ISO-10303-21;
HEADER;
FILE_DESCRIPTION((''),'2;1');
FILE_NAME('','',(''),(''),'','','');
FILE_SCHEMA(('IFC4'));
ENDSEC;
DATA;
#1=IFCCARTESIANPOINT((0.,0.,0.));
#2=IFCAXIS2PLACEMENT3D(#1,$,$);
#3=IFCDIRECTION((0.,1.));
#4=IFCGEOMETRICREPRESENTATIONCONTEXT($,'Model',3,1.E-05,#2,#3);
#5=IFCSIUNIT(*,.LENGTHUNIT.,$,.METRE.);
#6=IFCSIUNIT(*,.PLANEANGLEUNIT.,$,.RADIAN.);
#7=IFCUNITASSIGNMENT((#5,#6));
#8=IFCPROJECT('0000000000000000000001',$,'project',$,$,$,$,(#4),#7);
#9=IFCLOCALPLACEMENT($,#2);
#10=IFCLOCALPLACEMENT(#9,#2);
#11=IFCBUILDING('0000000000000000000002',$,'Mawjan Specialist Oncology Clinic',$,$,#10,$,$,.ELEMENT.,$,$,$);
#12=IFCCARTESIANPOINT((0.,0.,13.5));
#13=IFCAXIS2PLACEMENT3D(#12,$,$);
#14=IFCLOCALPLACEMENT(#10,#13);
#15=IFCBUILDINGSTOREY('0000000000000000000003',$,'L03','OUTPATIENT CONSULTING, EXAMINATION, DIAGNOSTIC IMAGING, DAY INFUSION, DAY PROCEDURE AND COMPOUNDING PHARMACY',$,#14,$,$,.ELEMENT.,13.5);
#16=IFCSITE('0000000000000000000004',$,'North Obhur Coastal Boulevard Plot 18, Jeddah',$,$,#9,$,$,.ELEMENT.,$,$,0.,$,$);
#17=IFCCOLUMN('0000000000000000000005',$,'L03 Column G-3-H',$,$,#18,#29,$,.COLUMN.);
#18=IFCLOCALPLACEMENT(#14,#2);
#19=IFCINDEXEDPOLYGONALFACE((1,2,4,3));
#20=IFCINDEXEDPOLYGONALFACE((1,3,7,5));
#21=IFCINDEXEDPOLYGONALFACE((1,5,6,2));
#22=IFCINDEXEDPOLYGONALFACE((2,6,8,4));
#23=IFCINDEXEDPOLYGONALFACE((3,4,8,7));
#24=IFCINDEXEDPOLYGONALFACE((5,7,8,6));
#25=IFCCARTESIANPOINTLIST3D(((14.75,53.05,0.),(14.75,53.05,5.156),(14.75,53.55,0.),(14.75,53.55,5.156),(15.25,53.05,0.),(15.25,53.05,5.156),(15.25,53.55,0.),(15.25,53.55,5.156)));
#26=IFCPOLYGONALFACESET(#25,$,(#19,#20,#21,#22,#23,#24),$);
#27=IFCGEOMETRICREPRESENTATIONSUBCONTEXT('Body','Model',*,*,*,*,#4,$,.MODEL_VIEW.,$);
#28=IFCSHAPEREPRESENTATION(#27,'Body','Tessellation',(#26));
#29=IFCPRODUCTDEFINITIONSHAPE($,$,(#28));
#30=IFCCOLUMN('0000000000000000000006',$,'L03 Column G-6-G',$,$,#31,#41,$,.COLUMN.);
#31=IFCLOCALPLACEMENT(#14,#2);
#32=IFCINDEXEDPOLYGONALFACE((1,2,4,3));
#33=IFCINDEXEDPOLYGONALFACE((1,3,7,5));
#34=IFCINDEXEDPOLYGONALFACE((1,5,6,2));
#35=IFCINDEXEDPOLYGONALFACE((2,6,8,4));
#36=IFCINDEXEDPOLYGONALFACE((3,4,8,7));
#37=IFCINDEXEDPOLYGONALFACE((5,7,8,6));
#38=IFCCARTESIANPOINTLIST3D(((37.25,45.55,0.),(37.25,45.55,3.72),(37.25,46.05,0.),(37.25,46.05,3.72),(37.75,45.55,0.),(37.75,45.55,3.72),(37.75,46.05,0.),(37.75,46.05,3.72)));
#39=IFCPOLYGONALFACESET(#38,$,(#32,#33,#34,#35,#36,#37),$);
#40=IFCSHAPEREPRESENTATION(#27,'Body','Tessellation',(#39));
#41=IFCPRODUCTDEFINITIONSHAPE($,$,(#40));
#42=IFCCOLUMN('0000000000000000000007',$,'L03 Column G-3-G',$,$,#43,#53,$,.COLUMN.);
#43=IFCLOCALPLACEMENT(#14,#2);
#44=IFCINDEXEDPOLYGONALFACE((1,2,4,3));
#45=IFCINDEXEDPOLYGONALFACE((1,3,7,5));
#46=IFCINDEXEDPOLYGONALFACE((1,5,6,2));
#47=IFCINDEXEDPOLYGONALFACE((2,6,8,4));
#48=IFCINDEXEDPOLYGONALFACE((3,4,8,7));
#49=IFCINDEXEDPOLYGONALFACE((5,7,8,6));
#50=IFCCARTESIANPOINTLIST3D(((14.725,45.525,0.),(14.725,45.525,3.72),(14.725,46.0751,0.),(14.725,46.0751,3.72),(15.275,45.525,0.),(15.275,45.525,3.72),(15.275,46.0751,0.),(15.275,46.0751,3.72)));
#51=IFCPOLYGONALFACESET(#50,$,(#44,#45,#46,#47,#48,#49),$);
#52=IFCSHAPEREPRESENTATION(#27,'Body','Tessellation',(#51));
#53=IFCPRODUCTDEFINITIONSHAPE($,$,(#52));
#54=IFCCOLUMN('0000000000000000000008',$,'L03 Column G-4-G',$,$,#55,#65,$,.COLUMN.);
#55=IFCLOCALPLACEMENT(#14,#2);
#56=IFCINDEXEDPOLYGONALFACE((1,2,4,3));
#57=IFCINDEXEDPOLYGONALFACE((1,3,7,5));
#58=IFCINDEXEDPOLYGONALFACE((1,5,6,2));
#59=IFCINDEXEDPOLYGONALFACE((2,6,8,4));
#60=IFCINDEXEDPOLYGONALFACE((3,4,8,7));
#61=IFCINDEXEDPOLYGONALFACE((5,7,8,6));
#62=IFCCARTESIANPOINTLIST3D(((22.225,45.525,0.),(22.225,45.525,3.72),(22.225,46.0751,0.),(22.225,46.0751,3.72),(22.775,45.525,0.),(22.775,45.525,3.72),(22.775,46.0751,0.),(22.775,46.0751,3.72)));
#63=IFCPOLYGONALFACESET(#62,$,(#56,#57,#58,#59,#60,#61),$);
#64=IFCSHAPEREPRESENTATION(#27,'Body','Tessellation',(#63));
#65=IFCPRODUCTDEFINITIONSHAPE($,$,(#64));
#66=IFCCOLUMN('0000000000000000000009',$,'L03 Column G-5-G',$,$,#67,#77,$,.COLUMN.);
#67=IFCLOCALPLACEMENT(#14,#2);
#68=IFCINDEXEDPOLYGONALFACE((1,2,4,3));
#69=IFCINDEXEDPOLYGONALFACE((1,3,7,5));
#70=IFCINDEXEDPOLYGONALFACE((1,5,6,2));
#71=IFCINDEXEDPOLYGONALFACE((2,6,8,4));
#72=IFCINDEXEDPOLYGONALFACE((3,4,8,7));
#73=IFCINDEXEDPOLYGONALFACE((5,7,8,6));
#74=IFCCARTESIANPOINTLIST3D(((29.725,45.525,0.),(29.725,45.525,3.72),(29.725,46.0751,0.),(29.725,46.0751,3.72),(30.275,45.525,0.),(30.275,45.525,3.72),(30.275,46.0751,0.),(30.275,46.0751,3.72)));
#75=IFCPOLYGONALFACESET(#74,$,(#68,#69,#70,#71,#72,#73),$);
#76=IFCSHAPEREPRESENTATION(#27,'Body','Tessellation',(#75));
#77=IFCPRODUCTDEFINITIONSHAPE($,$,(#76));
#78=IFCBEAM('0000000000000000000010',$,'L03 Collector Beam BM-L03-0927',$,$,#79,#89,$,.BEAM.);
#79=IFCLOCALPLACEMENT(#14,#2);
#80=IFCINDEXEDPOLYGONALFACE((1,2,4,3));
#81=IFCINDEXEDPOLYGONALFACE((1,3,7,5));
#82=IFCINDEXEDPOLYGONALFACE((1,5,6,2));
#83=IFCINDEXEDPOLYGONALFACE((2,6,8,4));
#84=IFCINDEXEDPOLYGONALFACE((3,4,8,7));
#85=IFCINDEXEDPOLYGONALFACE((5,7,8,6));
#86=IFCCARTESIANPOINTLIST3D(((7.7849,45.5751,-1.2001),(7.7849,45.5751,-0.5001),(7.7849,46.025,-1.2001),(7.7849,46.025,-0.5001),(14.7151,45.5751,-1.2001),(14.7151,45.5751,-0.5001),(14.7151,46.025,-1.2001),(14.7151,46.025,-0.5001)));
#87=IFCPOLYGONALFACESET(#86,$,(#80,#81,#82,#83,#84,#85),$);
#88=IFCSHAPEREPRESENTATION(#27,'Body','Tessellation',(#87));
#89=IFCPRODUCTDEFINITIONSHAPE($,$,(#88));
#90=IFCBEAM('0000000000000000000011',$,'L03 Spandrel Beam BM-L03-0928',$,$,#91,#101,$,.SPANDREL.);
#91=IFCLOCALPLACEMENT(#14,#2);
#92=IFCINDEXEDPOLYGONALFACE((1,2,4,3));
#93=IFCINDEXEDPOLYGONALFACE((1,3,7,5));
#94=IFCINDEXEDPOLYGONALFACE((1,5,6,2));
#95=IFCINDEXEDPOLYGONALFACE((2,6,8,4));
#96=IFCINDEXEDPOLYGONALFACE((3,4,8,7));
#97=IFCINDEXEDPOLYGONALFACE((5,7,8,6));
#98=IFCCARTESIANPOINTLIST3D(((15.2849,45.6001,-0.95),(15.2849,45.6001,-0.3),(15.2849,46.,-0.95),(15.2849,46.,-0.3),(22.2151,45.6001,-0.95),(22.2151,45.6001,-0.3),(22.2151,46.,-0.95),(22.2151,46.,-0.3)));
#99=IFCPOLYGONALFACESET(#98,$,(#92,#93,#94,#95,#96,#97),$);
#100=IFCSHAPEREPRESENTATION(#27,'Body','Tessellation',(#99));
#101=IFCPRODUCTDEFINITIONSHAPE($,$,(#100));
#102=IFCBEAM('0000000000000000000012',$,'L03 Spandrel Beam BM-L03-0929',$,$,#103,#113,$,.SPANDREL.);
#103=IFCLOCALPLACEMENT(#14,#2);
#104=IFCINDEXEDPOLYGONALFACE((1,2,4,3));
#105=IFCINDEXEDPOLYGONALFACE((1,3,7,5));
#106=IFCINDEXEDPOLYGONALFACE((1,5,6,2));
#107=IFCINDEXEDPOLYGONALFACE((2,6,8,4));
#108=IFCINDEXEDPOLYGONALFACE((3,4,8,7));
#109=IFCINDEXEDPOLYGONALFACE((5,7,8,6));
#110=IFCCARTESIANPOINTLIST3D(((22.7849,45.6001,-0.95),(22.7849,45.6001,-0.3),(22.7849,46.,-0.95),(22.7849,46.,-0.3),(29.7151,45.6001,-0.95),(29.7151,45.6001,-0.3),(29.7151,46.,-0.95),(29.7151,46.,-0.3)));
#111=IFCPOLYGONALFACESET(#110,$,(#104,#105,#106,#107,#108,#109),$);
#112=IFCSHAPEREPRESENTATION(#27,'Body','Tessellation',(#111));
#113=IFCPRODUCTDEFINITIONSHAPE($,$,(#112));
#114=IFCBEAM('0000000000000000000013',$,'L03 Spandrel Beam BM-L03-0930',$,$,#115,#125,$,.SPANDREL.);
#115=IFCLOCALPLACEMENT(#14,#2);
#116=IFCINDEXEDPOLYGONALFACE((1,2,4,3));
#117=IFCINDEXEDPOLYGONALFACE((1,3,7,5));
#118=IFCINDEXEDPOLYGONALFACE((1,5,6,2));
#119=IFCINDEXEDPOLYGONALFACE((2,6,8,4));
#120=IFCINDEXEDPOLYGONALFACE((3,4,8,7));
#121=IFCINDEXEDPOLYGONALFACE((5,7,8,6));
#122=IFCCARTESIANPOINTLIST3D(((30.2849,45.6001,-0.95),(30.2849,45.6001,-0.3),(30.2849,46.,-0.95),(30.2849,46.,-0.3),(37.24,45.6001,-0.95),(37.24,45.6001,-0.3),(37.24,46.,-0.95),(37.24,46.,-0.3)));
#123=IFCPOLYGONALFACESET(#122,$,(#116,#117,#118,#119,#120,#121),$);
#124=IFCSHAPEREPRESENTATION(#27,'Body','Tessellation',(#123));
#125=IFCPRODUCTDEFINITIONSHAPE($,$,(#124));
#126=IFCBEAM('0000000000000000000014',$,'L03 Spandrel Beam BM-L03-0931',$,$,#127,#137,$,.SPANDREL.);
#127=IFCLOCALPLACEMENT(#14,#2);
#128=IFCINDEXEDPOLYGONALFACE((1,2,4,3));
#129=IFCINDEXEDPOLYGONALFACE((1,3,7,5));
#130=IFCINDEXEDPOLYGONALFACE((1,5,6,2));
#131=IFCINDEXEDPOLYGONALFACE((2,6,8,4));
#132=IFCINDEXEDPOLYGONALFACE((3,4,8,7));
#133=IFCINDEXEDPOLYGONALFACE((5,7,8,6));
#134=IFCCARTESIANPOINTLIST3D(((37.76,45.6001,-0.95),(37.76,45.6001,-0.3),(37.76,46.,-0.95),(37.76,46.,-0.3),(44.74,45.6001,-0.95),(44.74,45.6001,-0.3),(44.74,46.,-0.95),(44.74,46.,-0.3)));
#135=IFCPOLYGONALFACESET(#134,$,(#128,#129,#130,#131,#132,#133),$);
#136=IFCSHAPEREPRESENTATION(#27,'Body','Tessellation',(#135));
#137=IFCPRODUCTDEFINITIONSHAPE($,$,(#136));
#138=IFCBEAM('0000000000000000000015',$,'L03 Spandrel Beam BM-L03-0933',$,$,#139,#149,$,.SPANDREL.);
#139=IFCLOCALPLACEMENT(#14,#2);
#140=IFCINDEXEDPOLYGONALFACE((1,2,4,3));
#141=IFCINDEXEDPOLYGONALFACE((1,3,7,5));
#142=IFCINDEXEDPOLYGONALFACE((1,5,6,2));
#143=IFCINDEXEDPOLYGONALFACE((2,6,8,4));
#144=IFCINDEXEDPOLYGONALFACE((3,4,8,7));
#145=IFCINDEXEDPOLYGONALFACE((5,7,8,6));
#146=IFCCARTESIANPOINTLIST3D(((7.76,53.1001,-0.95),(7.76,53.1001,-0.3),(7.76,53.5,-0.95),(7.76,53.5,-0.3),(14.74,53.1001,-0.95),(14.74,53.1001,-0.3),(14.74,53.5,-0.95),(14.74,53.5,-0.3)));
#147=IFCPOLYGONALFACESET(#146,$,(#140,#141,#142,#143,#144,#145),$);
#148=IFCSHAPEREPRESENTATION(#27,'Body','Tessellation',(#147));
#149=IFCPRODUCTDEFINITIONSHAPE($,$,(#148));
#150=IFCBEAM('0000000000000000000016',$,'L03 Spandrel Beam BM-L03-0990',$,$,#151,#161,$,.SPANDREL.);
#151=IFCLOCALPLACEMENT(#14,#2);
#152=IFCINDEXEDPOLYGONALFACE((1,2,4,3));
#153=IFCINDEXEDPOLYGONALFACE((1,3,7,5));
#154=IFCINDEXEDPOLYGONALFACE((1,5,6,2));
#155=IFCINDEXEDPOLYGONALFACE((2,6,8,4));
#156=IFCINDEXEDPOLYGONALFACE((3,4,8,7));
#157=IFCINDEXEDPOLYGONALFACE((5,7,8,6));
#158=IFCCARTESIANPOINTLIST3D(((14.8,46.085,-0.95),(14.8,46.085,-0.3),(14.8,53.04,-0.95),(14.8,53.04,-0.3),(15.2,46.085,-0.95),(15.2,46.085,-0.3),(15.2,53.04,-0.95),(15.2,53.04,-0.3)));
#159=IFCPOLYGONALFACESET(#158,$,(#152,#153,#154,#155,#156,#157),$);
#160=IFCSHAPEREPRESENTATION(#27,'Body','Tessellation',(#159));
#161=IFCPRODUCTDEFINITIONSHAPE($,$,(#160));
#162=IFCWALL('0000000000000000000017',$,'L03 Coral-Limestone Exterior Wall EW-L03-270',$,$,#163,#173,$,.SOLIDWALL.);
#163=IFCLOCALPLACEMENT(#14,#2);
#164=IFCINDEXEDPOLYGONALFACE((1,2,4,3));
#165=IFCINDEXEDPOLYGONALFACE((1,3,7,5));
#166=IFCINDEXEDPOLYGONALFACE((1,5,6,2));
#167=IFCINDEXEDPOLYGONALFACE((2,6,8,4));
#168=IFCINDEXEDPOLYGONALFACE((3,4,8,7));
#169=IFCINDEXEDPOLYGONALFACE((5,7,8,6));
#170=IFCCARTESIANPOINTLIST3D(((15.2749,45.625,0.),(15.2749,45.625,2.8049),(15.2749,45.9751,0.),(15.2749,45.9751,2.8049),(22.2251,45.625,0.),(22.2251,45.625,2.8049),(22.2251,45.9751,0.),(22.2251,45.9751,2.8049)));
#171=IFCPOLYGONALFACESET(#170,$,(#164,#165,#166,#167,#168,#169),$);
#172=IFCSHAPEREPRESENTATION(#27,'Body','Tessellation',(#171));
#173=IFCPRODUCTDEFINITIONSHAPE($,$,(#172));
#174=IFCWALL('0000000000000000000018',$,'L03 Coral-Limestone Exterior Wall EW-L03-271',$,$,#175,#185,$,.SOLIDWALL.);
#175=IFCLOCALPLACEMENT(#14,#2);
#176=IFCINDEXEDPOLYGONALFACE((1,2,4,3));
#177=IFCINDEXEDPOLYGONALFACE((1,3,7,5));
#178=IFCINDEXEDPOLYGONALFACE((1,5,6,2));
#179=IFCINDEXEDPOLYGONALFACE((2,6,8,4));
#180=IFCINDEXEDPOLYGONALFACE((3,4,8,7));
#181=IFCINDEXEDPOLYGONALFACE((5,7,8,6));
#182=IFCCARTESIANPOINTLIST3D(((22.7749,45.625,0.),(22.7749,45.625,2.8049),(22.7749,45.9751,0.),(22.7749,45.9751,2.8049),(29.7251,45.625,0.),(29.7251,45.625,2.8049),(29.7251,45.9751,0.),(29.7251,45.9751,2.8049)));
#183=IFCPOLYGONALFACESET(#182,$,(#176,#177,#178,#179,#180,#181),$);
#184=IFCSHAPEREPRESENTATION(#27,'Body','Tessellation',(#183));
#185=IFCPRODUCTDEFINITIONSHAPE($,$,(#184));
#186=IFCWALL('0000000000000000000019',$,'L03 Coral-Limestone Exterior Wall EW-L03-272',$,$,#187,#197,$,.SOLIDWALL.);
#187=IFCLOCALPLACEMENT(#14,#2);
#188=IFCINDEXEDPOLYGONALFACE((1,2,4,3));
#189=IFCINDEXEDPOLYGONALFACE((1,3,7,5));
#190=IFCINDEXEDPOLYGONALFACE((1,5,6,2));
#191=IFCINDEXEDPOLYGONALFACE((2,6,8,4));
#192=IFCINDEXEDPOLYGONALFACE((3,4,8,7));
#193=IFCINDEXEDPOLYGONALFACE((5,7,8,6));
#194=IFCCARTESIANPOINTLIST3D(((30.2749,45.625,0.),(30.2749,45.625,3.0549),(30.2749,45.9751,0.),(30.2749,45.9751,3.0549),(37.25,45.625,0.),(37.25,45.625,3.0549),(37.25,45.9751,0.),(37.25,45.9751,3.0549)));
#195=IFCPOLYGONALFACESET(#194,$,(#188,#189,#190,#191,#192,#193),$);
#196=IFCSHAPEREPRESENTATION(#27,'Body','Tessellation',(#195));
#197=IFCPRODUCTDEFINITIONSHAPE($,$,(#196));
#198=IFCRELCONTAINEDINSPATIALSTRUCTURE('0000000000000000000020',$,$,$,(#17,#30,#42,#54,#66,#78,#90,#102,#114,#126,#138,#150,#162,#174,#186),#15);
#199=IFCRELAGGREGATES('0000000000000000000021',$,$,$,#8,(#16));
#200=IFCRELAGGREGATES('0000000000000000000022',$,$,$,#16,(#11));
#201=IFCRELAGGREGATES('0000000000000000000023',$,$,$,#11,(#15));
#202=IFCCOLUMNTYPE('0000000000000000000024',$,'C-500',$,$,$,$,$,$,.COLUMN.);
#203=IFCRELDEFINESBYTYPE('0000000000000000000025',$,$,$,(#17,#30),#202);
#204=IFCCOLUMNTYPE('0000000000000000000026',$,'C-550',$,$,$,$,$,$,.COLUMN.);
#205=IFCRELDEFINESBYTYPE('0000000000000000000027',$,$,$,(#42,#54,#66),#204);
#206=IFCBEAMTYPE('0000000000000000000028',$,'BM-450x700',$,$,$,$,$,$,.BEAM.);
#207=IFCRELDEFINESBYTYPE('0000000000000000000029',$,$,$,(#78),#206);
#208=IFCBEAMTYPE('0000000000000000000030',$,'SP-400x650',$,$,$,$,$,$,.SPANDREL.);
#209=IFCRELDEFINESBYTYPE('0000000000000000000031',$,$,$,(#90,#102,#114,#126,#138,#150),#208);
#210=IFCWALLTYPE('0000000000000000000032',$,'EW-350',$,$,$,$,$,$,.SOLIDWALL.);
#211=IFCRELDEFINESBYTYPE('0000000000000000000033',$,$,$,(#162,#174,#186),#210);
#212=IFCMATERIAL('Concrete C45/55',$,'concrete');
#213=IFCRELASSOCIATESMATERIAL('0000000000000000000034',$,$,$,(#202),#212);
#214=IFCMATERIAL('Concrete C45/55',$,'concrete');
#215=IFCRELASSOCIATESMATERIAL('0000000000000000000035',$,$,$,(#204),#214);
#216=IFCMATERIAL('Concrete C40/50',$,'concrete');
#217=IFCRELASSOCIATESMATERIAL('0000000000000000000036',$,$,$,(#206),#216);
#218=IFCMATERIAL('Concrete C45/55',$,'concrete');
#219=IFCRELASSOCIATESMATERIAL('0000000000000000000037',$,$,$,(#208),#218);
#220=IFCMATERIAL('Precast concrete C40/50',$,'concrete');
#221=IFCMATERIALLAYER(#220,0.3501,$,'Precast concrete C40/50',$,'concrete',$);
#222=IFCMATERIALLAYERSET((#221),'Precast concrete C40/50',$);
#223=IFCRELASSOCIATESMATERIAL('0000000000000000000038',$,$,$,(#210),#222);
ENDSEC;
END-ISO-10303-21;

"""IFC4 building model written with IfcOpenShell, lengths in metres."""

from ifc_helpers import new_model, si_unit, direction, frame, frame_2d, origin, origin_2d, place, context, subcontext, project, spatial, rectangle, extrude, material, layer, layer_set, material_profile, profile_set, type_object, element, save


model = new_model("IFC4")

# Units and contexts
model_context = context("Model", 3, precision=1e-05, world=origin(), true_north=direction((0.0, 1.0)))
body_context = subcontext(model_context, "Body", "Model", "MODEL_VIEW")
ifc_project = project(units=[si_unit("LENGTHUNIT", "METRE"), si_unit("PLANEANGLEUNIT", "RADIAN")], contexts=[model_context])

# Site, building, storey
site_placement = place(None, origin())
site = spatial("IfcSite", under=ifc_project, at=site_placement, Name="North Obhur Coastal Boulevard Plot 18, Jeddah", CompositionType="ELEMENT", RefElevation=0.0)
building_placement = place(site_placement, origin())
building = spatial("IfcBuilding", under=site, at=building_placement, Name="Mawjan Specialist Oncology Clinic", CompositionType="ELEMENT")
storey_placement = place(building_placement, frame((0.0, 0.0, 13.5)))
storey = spatial("IfcBuildingStorey", under=building, at=storey_placement, Name="L03", Description="OUTPATIENT CONSULTING, EXAMINATION, DIAGNOSTIC IMAGING, DAY INFUSION, DAY PROCEDURE AND COMPOUNDING PHARMACY", CompositionType="ELEMENT", Elevation=13.5)

# Columns
ifc_material_1 = material(Name="Concrete C45/55", Category="concrete")
ifc_material_profile_1 = material_profile(ifc_material_1, rectangle(XDim=0.5, YDim=0.5, at=origin_2d()), Name="RC COL 500x500", Category="concrete")
ifc_profile_set_1 = profile_set([ifc_material_profile_1], Name="Concrete C45/55")
column_type_1 = type_object("IfcColumnType", Name="C-500", PredefinedType="COLUMN", material=ifc_profile_set_1)
column_1_placement = place(storey_placement, frame((15.0, 53.3, 0.0), z_axis=(0.0, 0.0, 1.0), x_axis=(1.0, 0.0, 0.0)))
element("IfcColumn", 1, at=column_1_placement, inside=storey, type_object=column_type_1, Name="L03 Column G-3-H", PredefinedType="COLUMN", context=body_context, shape_type="SweptSolid", body=[
    extrude(rectangle(XDim=0.5, YDim=0.5, at=origin_2d()), origin(), (0.0, 0.0, 1.0), 5.156),
])
column_2_placement = place(storey_placement, frame((37.5, 45.8, 0.0), z_axis=(0.0, 0.0, 1.0), x_axis=(1.0, 0.0, 0.0)))
element("IfcColumn", 2, at=column_2_placement, inside=storey, type_object=column_type_1, Name="L03 Column G-6-G", PredefinedType="COLUMN", context=body_context, shape_type="SweptSolid", body=[
    extrude(rectangle(XDim=0.5, YDim=0.5, at=origin_2d()), origin(), (0.0, 0.0, 1.0), 3.72),
])
ifc_material_2 = material(Name="Concrete C45/55", Category="concrete")
ifc_material_profile_2 = material_profile(ifc_material_2, rectangle(XDim=0.55, YDim=0.55, at=origin_2d()), Name="RC COL 550x550", Category="concrete")
ifc_profile_set_2 = profile_set([ifc_material_profile_2], Name="Concrete C45/55")
column_type_2 = type_object("IfcColumnType", Name="C-550", PredefinedType="COLUMN", material=ifc_profile_set_2)
for number, where, z_axis, x_axis, name in (
    (3, (15.0, 45.8, 0.0), (0.0, 0.0, 1.0), (1.0, 0.0, 0.0), "L03 Column G-3-G"),
    (4, (22.5, 45.8, 0.0), (0.0, 0.0, 1.0), (1.0, 0.0, 0.0), "L03 Column G-4-G"),
    (5, (30.0, 45.8, 0.0), (0.0, 0.0, 1.0), (1.0, 0.0, 0.0), "L03 Column G-5-G"),
):
    element("IfcColumn", number, at=place(storey_placement, frame(where, z_axis=z_axis, x_axis=x_axis)), inside=storey, type_object=column_type_2, Name=name, PredefinedType="COLUMN", context=body_context, shape_type="SweptSolid", body=[
        extrude(rectangle(XDim=0.55, YDim=0.55, at=origin_2d()), origin(), (0.0, 0.0, 1.0), 3.72),
    ])

# Beams
ifc_material_3 = material(Name="Concrete C40/50", Category="concrete")
ifc_material_profile_3 = material_profile(ifc_material_3, rectangle(XDim=0.45, YDim=0.7, at=origin_2d()), Name="RC BM 450x700", Category="concrete")
ifc_profile_set_3 = profile_set([ifc_material_profile_3], Name="Concrete C40/50")
beam_type_1 = type_object("IfcBeamType", Name="BM-450x700", PredefinedType="BEAM", material=ifc_profile_set_3)
beam_1_placement = place(storey_placement, frame((7.7849, 45.8, -0.8501), z_axis=(1.0, 0.0, 0.0), x_axis=(0.0, 1.0, 0.0)))
element("IfcBeam", 6, at=beam_1_placement, inside=storey, type_object=beam_type_1, Name="L03 Collector Beam BM-L03-0927", PredefinedType="BEAM", context=body_context, shape_type="SweptSolid", body=[
    extrude(rectangle(XDim=0.45, YDim=0.7, at=origin_2d()), origin(), (0.0, 0.0, 1.0), 6.9302),
])
ifc_material_4 = material(Name="Concrete C45/55", Category="concrete")
ifc_material_profile_4 = material_profile(ifc_material_4, rectangle(XDim=0.3999, YDim=0.6499, at=origin_2d()), Name="RC BM 400x650", Category="concrete")
ifc_profile_set_4 = profile_set([ifc_material_profile_4], Name="Concrete C45/55")
beam_type_2 = type_object("IfcBeamType", Name="SP-400x650", PredefinedType="SPANDREL", material=ifc_profile_set_4)
for number, where, z_axis, x_axis, name in (
    (7, (15.2849, 45.8, -0.625), (1.0, 0.0, 0.0), (0.0, 1.0, 0.0), "L03 Spandrel Beam BM-L03-0928"),
    (8, (22.7849, 45.8, -0.625), (1.0, 0.0, 0.0), (0.0, 1.0, 0.0), "L03 Spandrel Beam BM-L03-0929"),
):
    element("IfcBeam", number, at=place(storey_placement, frame(where, z_axis=z_axis, x_axis=x_axis)), inside=storey, type_object=beam_type_2, Name=name, PredefinedType="SPANDREL", context=body_context, shape_type="SweptSolid", body=[
        extrude(rectangle(XDim=0.3999, YDim=0.6499, at=origin_2d()), origin(), (0.0, 0.0, 1.0), 6.9302),
    ])
beam_2_placement = place(storey_placement, frame((30.2849, 45.8, -0.625), z_axis=(1.0, 0.0, 0.0), x_axis=(0.0, 1.0, 0.0)))
element("IfcBeam", 9, at=beam_2_placement, inside=storey, type_object=beam_type_2, Name="L03 Spandrel Beam BM-L03-0930", PredefinedType="SPANDREL", context=body_context, shape_type="SweptSolid", body=[
    extrude(rectangle(XDim=0.3999, YDim=0.6499, at=origin_2d()), origin(), (0.0, 0.0, 1.0), 6.9551),
])
for number, where, z_axis, x_axis, name in (
    (10, (37.76, 45.8, -0.625), (1.0, 0.0, 0.0), (0.0, 1.0, 0.0), "L03 Spandrel Beam BM-L03-0931"),
    (11, (7.76, 53.3, -0.625), (1.0, 0.0, 0.0), (0.0, 1.0, 0.0), "L03 Spandrel Beam BM-L03-0933"),
):
    element("IfcBeam", number, at=place(storey_placement, frame(where, z_axis=z_axis, x_axis=x_axis)), inside=storey, type_object=beam_type_2, Name=name, PredefinedType="SPANDREL", context=body_context, shape_type="SweptSolid", body=[
        extrude(rectangle(XDim=0.3999, YDim=0.6499, at=origin_2d()), origin(), (0.0, 0.0, 1.0), 6.98),
    ])
beam_3_placement = place(storey_placement, frame((15.0, 46.085, -0.625), z_axis=(0.0, 1.0, 0.0), x_axis=(-1.0, 0.0, 0.0)))
element("IfcBeam", 12, at=beam_3_placement, inside=storey, type_object=beam_type_2, Name="L03 Spandrel Beam BM-L03-0990", PredefinedType="SPANDREL", context=body_context, shape_type="SweptSolid", body=[
    extrude(rectangle(XDim=0.3999, YDim=0.6499, at=origin_2d()), origin(), (0.0, 0.0, 1.0), 6.9551),
])

# Walls
ifc_material_5 = material(Name="Precast concrete C40/50", Category="concrete")
ifc_layer = layer(ifc_material_5, 0.3501, Name="Precast concrete C40/50", Category="concrete")
ifc_layer_set = layer_set([ifc_layer], Name="Precast concrete C40/50")
wall_type = type_object("IfcWallType", Name="EW-350", PredefinedType="SOLIDWALL", material=ifc_layer_set)
for number, where, z_axis, x_axis, name in (
    (13, (15.2749, 45.8, 0.0), (0.0, 0.0, 1.0), (1.0, 0.0, 0.0), "L03 Coral-Limestone Exterior Wall EW-L03-270"),
    (14, (22.7749, 45.8, 0.0), (0.0, 0.0, 1.0), (1.0, 0.0, 0.0), "L03 Coral-Limestone Exterior Wall EW-L03-271"),
):
    element("IfcWall", number, at=place(storey_placement, frame(where, z_axis=z_axis, x_axis=x_axis)), inside=storey, type_object=wall_type, Name=name, PredefinedType="SOLIDWALL", context=body_context, shape_type="SweptSolid", body=[
        extrude(rectangle(XDim=6.9502, YDim=0.3501, at=frame_2d((3.4751, 0.0))), origin(), (0.0, 0.0, 1.0), 2.8049),
    ])
wall_1_placement = place(storey_placement, frame((30.2749, 45.8, 0.0), z_axis=(0.0, 0.0, 1.0), x_axis=(1.0, 0.0, 0.0)))
element("IfcWall", 15, at=wall_1_placement, inside=storey, type_object=wall_type, Name="L03 Coral-Limestone Exterior Wall EW-L03-272", PredefinedType="SOLIDWALL", context=body_context, shape_type="SweptSolid", body=[
    extrude(rectangle(XDim=6.9751, YDim=0.3501, at=frame_2d((3.4875, 0.0))), origin(), (0.0, 0.0, 1.0), 3.0549),
])

save(model, "model.ifc")
